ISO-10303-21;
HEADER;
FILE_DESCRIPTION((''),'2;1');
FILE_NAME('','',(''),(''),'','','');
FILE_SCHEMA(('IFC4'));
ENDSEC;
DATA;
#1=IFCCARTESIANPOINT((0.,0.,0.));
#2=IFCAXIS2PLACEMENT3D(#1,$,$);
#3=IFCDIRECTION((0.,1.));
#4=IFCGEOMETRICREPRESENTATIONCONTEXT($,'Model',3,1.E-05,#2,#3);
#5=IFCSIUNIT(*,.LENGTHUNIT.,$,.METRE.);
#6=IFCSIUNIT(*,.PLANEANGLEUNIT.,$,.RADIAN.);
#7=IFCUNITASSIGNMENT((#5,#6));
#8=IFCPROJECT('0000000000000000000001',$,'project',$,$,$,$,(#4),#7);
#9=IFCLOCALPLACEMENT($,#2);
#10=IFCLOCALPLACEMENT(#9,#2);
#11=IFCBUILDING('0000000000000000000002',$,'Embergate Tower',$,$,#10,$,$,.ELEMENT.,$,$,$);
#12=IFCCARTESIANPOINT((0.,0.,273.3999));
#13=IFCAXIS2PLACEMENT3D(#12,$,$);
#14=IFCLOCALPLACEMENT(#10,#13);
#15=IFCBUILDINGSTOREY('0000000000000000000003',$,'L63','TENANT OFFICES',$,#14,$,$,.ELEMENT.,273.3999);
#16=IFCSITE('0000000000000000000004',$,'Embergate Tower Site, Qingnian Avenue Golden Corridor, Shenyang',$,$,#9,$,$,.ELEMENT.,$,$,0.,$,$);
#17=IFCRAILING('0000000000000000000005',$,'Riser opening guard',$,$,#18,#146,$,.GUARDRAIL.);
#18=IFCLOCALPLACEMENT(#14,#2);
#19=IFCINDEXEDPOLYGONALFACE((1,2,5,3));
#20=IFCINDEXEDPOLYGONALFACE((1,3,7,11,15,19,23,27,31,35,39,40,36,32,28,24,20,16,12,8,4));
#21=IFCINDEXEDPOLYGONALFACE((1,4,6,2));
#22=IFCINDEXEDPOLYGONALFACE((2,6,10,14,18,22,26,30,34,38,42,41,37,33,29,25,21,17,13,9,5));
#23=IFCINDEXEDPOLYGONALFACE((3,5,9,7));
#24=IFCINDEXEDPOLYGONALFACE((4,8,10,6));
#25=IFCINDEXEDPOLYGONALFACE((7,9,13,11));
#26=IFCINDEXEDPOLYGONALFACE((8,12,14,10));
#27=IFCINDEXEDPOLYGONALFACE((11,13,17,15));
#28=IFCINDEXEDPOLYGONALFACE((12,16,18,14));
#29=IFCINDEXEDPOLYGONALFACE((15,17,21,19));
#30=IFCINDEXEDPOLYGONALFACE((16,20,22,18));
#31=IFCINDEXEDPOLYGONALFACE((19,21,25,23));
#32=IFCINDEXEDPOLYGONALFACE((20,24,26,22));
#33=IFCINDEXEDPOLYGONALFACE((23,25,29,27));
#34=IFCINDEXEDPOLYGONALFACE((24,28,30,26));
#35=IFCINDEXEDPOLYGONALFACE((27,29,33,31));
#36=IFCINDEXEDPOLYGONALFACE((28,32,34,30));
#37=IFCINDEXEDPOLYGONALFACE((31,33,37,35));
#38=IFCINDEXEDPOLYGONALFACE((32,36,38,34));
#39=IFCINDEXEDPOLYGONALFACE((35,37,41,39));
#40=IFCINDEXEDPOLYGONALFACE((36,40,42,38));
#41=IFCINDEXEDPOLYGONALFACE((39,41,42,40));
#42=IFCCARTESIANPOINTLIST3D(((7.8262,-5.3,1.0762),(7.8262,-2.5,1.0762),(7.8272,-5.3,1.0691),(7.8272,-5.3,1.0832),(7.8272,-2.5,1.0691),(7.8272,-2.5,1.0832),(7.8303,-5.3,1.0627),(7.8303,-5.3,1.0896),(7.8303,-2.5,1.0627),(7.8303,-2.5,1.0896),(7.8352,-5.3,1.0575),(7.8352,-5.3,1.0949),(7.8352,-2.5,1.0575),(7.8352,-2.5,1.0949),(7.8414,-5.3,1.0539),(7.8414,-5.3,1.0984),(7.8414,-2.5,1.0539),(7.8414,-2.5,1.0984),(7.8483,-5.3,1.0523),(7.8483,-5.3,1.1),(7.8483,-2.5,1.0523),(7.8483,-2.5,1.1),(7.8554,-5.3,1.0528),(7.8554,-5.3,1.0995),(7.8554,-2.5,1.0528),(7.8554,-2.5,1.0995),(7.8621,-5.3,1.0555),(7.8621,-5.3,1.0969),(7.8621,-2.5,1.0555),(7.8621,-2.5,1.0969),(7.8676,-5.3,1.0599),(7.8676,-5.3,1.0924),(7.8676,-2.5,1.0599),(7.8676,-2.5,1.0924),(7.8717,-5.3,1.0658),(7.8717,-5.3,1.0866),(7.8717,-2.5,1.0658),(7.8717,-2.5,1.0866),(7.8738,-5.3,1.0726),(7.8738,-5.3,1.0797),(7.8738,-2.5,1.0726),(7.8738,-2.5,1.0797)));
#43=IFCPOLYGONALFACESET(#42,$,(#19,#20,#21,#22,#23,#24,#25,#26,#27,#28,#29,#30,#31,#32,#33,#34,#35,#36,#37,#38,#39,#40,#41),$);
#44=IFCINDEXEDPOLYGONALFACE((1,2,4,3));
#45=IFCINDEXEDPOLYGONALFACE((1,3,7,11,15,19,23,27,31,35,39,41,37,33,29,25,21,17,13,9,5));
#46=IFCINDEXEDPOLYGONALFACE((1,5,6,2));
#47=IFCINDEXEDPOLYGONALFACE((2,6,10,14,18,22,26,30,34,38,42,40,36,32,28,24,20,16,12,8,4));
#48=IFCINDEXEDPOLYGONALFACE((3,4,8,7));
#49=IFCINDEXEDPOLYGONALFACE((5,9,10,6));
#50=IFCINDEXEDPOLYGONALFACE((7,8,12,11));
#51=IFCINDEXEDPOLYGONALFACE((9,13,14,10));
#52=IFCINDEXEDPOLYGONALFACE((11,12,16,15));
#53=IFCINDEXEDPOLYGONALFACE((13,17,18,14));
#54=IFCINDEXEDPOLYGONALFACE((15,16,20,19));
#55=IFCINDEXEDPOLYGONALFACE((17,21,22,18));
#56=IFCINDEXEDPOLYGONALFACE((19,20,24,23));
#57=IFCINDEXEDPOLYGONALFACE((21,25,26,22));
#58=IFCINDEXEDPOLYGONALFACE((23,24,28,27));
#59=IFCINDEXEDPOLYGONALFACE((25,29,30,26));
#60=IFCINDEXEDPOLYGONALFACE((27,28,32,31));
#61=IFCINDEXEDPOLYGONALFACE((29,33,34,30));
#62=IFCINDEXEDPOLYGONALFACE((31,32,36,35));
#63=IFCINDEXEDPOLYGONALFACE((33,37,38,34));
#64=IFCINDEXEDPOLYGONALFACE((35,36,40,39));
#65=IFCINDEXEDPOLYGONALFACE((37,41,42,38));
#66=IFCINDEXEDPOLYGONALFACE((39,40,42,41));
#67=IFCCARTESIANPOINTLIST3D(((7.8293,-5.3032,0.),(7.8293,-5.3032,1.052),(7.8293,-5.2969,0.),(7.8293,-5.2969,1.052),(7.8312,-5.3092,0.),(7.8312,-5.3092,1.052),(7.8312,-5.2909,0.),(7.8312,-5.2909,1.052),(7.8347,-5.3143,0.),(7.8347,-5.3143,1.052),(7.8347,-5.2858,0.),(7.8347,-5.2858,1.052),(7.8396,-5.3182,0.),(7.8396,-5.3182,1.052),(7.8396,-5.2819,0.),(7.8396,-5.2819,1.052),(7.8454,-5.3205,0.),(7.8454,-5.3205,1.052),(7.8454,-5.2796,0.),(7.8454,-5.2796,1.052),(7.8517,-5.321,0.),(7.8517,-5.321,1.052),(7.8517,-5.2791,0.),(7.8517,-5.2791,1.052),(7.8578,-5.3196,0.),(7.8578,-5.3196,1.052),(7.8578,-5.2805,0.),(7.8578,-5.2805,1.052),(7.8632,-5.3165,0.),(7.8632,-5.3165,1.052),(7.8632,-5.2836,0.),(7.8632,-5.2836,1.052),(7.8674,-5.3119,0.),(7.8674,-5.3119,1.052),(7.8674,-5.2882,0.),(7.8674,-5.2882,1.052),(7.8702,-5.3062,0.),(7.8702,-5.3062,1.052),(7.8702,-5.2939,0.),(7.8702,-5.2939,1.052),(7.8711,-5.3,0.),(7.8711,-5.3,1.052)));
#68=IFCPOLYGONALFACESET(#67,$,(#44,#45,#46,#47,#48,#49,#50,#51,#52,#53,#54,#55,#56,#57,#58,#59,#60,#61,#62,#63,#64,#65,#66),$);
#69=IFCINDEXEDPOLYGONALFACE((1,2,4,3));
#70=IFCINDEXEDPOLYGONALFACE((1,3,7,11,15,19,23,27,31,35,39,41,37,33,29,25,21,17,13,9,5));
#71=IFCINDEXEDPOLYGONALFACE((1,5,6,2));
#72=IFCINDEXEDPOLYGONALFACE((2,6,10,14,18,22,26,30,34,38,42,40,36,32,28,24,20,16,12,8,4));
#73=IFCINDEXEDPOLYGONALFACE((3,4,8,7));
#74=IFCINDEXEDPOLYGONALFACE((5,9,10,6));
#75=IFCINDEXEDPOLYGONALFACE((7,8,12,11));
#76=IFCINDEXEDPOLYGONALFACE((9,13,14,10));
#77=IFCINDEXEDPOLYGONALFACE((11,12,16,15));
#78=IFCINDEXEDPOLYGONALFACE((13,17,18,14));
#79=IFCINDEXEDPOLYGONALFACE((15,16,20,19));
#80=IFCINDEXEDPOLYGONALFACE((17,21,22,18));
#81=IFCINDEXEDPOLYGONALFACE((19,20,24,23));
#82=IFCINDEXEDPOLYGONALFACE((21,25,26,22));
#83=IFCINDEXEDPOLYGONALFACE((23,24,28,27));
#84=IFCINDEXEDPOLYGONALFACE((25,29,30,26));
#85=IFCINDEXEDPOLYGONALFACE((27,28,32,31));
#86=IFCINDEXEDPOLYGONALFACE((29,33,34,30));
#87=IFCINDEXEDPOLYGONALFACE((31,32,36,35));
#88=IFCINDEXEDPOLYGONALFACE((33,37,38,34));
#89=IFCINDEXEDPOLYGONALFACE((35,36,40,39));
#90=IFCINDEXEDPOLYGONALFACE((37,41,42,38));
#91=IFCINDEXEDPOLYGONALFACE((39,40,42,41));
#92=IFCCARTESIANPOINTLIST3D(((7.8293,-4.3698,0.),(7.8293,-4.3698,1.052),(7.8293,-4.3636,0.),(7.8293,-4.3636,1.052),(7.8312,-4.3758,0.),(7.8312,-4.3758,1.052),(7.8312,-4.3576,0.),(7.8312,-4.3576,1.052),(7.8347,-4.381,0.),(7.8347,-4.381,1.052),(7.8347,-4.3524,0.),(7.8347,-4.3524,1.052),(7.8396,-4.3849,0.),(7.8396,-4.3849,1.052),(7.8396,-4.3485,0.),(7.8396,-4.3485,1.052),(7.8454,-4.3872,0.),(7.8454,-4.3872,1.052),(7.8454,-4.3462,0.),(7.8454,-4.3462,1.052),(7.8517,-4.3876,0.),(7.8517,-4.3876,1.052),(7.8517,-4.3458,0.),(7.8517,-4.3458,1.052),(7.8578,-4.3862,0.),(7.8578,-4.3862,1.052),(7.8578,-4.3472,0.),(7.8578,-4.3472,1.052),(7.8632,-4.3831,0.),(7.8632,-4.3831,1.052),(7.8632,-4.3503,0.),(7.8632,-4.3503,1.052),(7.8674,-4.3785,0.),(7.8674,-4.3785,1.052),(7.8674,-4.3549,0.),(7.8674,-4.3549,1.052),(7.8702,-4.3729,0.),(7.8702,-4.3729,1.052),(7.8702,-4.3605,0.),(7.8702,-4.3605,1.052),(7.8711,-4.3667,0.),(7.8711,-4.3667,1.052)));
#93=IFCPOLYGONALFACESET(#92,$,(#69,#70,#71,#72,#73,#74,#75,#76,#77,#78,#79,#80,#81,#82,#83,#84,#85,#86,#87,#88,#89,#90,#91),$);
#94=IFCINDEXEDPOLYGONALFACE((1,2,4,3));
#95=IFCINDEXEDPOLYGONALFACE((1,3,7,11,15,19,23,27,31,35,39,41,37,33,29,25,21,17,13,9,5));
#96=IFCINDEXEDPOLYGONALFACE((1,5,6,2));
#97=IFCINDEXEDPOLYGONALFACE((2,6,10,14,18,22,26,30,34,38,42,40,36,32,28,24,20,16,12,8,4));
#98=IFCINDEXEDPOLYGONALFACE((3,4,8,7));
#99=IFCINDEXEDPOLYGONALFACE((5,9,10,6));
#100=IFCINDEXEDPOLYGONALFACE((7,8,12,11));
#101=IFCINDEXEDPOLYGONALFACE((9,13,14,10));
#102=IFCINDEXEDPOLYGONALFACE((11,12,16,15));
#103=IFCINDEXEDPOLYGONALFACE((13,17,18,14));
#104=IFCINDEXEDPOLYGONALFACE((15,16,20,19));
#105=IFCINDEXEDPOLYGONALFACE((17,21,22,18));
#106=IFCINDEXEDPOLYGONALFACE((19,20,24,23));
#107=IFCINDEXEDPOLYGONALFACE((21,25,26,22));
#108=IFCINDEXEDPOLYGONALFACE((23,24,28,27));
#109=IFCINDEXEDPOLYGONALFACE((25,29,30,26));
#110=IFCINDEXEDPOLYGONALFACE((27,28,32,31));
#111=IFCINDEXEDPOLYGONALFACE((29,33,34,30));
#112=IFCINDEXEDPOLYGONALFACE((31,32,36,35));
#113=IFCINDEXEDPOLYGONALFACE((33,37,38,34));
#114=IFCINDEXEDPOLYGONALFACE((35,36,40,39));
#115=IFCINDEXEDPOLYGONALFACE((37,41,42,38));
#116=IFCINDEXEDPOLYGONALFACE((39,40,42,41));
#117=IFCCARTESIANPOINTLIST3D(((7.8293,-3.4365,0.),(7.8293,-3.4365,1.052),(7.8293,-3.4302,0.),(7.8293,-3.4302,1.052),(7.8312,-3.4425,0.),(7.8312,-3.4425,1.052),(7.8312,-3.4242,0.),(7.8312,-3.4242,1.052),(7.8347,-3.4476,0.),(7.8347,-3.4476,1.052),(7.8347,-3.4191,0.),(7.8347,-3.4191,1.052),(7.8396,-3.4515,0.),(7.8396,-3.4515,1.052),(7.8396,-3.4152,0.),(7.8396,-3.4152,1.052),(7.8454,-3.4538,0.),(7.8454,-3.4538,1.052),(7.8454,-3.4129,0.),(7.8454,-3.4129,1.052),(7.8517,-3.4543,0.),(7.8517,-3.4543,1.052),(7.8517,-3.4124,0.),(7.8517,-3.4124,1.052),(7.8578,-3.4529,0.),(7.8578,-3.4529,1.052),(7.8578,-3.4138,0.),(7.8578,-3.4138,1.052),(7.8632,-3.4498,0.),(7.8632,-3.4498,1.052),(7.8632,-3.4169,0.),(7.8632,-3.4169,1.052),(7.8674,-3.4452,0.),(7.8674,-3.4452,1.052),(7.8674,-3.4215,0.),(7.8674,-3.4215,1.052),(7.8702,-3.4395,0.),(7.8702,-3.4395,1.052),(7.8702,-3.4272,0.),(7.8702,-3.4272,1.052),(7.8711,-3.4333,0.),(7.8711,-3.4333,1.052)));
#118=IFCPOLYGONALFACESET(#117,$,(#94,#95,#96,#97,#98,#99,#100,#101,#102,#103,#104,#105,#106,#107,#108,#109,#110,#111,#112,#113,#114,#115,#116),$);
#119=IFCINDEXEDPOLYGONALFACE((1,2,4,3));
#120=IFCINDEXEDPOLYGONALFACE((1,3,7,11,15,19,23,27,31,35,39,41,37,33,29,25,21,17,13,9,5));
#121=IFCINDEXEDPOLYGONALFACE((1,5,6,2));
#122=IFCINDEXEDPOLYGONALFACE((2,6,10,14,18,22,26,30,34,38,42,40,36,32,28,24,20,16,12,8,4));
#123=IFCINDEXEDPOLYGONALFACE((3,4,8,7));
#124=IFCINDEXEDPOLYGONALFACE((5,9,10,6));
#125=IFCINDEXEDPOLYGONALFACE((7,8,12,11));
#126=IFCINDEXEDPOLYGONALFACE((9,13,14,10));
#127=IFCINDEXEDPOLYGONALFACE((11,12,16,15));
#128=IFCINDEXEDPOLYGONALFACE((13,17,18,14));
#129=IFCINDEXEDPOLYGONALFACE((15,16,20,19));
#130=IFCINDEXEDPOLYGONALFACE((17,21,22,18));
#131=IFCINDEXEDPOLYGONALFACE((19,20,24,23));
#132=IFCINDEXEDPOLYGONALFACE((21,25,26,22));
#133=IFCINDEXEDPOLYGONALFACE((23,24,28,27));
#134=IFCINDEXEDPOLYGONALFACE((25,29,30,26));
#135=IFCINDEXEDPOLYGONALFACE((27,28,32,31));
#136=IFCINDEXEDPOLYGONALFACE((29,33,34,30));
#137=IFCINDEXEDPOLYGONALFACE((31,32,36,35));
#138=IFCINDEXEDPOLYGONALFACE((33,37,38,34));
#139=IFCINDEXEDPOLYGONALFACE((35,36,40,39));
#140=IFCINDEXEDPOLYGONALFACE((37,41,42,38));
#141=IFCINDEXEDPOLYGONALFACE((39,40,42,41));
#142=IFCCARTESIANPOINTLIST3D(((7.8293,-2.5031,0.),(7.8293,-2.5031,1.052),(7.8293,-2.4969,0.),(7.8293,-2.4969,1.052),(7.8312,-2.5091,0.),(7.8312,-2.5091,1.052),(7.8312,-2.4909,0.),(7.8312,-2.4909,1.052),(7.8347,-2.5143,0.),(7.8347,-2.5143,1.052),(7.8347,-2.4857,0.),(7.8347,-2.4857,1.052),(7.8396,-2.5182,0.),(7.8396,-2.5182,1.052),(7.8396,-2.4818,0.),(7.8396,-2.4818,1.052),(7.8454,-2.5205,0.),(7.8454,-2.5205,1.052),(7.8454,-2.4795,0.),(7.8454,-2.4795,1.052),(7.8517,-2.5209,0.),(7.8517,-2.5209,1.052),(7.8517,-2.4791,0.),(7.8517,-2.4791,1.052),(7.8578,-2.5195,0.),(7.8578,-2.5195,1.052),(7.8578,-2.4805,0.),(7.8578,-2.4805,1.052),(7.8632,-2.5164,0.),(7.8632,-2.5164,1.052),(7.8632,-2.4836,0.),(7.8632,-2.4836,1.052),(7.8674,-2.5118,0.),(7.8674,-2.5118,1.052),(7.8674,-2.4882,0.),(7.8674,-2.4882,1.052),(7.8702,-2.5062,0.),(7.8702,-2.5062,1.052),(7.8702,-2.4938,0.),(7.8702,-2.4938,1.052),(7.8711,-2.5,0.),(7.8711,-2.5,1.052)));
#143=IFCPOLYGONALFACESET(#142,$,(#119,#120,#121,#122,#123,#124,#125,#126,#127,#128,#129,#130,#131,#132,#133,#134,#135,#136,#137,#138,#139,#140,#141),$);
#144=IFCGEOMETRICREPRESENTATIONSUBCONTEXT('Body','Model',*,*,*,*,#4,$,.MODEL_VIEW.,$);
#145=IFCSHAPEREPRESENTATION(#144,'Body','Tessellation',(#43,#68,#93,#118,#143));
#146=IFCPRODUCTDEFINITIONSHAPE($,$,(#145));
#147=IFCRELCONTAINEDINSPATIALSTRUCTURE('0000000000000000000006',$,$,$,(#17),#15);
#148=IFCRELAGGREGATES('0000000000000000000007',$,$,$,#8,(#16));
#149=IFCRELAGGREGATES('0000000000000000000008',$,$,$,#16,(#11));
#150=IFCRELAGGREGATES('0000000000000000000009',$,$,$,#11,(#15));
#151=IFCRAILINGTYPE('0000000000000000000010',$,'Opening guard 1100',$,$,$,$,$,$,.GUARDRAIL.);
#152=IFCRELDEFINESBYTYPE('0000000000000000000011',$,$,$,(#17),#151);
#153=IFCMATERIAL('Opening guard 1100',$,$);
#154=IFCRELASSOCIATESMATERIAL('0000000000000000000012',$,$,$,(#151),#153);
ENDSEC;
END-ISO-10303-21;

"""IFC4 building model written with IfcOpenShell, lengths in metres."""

from ifc_helpers import new_model, si_unit, direction, frame, origin, origin_2d, place, context, subcontext, project, spatial, circle, extrude, source, transform, mapped, material, type_object, element, save


model = new_model("IFC4")

# Units and contexts
model_context = context("Model", 3, precision=1e-05, world=origin(), true_north=direction((0.0, 1.0)))
body_context = subcontext(model_context, "Body", "Model", "MODEL_VIEW")
ifc_project = project(units=[si_unit("LENGTHUNIT", "METRE"), si_unit("PLANEANGLEUNIT", "RADIAN")], contexts=[model_context])

# Site, building, storey
site_placement = place(None, origin())
site = spatial("IfcSite", under=ifc_project, at=site_placement, Name="Embergate Tower Site, Qingnian Avenue Golden Corridor, Shenyang", CompositionType="ELEMENT", RefElevation=0.0)
building_placement = place(site_placement, origin())
building = spatial("IfcBuilding", under=site, at=building_placement, Name="Embergate Tower", CompositionType="ELEMENT")
storey_placement = place(building_placement, frame((0.0, 0.0, 273.3999)))
storey = spatial("IfcBuildingStorey", under=building, at=storey_placement, Name="L63", Description="TENANT OFFICES", CompositionType="ELEMENT", Elevation=273.3999)

# Railing
ifc_material_1 = material(Name="Opening guard 1100")
railing_type_1 = type_object("IfcRailingType", Name="Opening guard 1100", PredefinedType="GUARDRAIL", material=ifc_material_1)
shared_shape_1 = source(origin(), body_context, "Body", "SweptSolid", [
    extrude(circle(Radius=0.0239, at=origin_2d()), frame((0.0, 0.0, 1.0762), z_axis=(0.0, 1.0, 0.0), x_axis=(-1.0, 0.0, 0.0)), (0.0, 0.0, 1.0), 2.8),
    extrude(circle(Radius=0.021, at=origin_2d()), origin(), (0.0, 0.0, 1.0), 1.052),
    extrude(circle(Radius=0.021, at=origin_2d()), frame((0.0, 0.9333, 0.0)), (0.0, 0.0, 1.0), 1.052),
    extrude(circle(Radius=0.021, at=origin_2d()), frame((0.0, 1.8667, 0.0)), (0.0, 0.0, 1.0), 1.052),
    extrude(circle(Radius=0.021, at=origin_2d()), frame((0.0, 2.8, 0.0)), (0.0, 0.0, 1.0), 1.052),
])
railing_1_placement = place(storey_placement, frame((7.8501, -5.3, 0.0)))
element("IfcRailing", 1, at=railing_1_placement, inside=storey, type_object=railing_type_1, Name="Riser opening guard", PredefinedType="GUARDRAIL", context=body_context, shape_type="MappedRepresentation", body=[
    mapped(shared_shape_1, transform((0.0, 0.0, 0.0))),
])

save(model, "model.ifc")
